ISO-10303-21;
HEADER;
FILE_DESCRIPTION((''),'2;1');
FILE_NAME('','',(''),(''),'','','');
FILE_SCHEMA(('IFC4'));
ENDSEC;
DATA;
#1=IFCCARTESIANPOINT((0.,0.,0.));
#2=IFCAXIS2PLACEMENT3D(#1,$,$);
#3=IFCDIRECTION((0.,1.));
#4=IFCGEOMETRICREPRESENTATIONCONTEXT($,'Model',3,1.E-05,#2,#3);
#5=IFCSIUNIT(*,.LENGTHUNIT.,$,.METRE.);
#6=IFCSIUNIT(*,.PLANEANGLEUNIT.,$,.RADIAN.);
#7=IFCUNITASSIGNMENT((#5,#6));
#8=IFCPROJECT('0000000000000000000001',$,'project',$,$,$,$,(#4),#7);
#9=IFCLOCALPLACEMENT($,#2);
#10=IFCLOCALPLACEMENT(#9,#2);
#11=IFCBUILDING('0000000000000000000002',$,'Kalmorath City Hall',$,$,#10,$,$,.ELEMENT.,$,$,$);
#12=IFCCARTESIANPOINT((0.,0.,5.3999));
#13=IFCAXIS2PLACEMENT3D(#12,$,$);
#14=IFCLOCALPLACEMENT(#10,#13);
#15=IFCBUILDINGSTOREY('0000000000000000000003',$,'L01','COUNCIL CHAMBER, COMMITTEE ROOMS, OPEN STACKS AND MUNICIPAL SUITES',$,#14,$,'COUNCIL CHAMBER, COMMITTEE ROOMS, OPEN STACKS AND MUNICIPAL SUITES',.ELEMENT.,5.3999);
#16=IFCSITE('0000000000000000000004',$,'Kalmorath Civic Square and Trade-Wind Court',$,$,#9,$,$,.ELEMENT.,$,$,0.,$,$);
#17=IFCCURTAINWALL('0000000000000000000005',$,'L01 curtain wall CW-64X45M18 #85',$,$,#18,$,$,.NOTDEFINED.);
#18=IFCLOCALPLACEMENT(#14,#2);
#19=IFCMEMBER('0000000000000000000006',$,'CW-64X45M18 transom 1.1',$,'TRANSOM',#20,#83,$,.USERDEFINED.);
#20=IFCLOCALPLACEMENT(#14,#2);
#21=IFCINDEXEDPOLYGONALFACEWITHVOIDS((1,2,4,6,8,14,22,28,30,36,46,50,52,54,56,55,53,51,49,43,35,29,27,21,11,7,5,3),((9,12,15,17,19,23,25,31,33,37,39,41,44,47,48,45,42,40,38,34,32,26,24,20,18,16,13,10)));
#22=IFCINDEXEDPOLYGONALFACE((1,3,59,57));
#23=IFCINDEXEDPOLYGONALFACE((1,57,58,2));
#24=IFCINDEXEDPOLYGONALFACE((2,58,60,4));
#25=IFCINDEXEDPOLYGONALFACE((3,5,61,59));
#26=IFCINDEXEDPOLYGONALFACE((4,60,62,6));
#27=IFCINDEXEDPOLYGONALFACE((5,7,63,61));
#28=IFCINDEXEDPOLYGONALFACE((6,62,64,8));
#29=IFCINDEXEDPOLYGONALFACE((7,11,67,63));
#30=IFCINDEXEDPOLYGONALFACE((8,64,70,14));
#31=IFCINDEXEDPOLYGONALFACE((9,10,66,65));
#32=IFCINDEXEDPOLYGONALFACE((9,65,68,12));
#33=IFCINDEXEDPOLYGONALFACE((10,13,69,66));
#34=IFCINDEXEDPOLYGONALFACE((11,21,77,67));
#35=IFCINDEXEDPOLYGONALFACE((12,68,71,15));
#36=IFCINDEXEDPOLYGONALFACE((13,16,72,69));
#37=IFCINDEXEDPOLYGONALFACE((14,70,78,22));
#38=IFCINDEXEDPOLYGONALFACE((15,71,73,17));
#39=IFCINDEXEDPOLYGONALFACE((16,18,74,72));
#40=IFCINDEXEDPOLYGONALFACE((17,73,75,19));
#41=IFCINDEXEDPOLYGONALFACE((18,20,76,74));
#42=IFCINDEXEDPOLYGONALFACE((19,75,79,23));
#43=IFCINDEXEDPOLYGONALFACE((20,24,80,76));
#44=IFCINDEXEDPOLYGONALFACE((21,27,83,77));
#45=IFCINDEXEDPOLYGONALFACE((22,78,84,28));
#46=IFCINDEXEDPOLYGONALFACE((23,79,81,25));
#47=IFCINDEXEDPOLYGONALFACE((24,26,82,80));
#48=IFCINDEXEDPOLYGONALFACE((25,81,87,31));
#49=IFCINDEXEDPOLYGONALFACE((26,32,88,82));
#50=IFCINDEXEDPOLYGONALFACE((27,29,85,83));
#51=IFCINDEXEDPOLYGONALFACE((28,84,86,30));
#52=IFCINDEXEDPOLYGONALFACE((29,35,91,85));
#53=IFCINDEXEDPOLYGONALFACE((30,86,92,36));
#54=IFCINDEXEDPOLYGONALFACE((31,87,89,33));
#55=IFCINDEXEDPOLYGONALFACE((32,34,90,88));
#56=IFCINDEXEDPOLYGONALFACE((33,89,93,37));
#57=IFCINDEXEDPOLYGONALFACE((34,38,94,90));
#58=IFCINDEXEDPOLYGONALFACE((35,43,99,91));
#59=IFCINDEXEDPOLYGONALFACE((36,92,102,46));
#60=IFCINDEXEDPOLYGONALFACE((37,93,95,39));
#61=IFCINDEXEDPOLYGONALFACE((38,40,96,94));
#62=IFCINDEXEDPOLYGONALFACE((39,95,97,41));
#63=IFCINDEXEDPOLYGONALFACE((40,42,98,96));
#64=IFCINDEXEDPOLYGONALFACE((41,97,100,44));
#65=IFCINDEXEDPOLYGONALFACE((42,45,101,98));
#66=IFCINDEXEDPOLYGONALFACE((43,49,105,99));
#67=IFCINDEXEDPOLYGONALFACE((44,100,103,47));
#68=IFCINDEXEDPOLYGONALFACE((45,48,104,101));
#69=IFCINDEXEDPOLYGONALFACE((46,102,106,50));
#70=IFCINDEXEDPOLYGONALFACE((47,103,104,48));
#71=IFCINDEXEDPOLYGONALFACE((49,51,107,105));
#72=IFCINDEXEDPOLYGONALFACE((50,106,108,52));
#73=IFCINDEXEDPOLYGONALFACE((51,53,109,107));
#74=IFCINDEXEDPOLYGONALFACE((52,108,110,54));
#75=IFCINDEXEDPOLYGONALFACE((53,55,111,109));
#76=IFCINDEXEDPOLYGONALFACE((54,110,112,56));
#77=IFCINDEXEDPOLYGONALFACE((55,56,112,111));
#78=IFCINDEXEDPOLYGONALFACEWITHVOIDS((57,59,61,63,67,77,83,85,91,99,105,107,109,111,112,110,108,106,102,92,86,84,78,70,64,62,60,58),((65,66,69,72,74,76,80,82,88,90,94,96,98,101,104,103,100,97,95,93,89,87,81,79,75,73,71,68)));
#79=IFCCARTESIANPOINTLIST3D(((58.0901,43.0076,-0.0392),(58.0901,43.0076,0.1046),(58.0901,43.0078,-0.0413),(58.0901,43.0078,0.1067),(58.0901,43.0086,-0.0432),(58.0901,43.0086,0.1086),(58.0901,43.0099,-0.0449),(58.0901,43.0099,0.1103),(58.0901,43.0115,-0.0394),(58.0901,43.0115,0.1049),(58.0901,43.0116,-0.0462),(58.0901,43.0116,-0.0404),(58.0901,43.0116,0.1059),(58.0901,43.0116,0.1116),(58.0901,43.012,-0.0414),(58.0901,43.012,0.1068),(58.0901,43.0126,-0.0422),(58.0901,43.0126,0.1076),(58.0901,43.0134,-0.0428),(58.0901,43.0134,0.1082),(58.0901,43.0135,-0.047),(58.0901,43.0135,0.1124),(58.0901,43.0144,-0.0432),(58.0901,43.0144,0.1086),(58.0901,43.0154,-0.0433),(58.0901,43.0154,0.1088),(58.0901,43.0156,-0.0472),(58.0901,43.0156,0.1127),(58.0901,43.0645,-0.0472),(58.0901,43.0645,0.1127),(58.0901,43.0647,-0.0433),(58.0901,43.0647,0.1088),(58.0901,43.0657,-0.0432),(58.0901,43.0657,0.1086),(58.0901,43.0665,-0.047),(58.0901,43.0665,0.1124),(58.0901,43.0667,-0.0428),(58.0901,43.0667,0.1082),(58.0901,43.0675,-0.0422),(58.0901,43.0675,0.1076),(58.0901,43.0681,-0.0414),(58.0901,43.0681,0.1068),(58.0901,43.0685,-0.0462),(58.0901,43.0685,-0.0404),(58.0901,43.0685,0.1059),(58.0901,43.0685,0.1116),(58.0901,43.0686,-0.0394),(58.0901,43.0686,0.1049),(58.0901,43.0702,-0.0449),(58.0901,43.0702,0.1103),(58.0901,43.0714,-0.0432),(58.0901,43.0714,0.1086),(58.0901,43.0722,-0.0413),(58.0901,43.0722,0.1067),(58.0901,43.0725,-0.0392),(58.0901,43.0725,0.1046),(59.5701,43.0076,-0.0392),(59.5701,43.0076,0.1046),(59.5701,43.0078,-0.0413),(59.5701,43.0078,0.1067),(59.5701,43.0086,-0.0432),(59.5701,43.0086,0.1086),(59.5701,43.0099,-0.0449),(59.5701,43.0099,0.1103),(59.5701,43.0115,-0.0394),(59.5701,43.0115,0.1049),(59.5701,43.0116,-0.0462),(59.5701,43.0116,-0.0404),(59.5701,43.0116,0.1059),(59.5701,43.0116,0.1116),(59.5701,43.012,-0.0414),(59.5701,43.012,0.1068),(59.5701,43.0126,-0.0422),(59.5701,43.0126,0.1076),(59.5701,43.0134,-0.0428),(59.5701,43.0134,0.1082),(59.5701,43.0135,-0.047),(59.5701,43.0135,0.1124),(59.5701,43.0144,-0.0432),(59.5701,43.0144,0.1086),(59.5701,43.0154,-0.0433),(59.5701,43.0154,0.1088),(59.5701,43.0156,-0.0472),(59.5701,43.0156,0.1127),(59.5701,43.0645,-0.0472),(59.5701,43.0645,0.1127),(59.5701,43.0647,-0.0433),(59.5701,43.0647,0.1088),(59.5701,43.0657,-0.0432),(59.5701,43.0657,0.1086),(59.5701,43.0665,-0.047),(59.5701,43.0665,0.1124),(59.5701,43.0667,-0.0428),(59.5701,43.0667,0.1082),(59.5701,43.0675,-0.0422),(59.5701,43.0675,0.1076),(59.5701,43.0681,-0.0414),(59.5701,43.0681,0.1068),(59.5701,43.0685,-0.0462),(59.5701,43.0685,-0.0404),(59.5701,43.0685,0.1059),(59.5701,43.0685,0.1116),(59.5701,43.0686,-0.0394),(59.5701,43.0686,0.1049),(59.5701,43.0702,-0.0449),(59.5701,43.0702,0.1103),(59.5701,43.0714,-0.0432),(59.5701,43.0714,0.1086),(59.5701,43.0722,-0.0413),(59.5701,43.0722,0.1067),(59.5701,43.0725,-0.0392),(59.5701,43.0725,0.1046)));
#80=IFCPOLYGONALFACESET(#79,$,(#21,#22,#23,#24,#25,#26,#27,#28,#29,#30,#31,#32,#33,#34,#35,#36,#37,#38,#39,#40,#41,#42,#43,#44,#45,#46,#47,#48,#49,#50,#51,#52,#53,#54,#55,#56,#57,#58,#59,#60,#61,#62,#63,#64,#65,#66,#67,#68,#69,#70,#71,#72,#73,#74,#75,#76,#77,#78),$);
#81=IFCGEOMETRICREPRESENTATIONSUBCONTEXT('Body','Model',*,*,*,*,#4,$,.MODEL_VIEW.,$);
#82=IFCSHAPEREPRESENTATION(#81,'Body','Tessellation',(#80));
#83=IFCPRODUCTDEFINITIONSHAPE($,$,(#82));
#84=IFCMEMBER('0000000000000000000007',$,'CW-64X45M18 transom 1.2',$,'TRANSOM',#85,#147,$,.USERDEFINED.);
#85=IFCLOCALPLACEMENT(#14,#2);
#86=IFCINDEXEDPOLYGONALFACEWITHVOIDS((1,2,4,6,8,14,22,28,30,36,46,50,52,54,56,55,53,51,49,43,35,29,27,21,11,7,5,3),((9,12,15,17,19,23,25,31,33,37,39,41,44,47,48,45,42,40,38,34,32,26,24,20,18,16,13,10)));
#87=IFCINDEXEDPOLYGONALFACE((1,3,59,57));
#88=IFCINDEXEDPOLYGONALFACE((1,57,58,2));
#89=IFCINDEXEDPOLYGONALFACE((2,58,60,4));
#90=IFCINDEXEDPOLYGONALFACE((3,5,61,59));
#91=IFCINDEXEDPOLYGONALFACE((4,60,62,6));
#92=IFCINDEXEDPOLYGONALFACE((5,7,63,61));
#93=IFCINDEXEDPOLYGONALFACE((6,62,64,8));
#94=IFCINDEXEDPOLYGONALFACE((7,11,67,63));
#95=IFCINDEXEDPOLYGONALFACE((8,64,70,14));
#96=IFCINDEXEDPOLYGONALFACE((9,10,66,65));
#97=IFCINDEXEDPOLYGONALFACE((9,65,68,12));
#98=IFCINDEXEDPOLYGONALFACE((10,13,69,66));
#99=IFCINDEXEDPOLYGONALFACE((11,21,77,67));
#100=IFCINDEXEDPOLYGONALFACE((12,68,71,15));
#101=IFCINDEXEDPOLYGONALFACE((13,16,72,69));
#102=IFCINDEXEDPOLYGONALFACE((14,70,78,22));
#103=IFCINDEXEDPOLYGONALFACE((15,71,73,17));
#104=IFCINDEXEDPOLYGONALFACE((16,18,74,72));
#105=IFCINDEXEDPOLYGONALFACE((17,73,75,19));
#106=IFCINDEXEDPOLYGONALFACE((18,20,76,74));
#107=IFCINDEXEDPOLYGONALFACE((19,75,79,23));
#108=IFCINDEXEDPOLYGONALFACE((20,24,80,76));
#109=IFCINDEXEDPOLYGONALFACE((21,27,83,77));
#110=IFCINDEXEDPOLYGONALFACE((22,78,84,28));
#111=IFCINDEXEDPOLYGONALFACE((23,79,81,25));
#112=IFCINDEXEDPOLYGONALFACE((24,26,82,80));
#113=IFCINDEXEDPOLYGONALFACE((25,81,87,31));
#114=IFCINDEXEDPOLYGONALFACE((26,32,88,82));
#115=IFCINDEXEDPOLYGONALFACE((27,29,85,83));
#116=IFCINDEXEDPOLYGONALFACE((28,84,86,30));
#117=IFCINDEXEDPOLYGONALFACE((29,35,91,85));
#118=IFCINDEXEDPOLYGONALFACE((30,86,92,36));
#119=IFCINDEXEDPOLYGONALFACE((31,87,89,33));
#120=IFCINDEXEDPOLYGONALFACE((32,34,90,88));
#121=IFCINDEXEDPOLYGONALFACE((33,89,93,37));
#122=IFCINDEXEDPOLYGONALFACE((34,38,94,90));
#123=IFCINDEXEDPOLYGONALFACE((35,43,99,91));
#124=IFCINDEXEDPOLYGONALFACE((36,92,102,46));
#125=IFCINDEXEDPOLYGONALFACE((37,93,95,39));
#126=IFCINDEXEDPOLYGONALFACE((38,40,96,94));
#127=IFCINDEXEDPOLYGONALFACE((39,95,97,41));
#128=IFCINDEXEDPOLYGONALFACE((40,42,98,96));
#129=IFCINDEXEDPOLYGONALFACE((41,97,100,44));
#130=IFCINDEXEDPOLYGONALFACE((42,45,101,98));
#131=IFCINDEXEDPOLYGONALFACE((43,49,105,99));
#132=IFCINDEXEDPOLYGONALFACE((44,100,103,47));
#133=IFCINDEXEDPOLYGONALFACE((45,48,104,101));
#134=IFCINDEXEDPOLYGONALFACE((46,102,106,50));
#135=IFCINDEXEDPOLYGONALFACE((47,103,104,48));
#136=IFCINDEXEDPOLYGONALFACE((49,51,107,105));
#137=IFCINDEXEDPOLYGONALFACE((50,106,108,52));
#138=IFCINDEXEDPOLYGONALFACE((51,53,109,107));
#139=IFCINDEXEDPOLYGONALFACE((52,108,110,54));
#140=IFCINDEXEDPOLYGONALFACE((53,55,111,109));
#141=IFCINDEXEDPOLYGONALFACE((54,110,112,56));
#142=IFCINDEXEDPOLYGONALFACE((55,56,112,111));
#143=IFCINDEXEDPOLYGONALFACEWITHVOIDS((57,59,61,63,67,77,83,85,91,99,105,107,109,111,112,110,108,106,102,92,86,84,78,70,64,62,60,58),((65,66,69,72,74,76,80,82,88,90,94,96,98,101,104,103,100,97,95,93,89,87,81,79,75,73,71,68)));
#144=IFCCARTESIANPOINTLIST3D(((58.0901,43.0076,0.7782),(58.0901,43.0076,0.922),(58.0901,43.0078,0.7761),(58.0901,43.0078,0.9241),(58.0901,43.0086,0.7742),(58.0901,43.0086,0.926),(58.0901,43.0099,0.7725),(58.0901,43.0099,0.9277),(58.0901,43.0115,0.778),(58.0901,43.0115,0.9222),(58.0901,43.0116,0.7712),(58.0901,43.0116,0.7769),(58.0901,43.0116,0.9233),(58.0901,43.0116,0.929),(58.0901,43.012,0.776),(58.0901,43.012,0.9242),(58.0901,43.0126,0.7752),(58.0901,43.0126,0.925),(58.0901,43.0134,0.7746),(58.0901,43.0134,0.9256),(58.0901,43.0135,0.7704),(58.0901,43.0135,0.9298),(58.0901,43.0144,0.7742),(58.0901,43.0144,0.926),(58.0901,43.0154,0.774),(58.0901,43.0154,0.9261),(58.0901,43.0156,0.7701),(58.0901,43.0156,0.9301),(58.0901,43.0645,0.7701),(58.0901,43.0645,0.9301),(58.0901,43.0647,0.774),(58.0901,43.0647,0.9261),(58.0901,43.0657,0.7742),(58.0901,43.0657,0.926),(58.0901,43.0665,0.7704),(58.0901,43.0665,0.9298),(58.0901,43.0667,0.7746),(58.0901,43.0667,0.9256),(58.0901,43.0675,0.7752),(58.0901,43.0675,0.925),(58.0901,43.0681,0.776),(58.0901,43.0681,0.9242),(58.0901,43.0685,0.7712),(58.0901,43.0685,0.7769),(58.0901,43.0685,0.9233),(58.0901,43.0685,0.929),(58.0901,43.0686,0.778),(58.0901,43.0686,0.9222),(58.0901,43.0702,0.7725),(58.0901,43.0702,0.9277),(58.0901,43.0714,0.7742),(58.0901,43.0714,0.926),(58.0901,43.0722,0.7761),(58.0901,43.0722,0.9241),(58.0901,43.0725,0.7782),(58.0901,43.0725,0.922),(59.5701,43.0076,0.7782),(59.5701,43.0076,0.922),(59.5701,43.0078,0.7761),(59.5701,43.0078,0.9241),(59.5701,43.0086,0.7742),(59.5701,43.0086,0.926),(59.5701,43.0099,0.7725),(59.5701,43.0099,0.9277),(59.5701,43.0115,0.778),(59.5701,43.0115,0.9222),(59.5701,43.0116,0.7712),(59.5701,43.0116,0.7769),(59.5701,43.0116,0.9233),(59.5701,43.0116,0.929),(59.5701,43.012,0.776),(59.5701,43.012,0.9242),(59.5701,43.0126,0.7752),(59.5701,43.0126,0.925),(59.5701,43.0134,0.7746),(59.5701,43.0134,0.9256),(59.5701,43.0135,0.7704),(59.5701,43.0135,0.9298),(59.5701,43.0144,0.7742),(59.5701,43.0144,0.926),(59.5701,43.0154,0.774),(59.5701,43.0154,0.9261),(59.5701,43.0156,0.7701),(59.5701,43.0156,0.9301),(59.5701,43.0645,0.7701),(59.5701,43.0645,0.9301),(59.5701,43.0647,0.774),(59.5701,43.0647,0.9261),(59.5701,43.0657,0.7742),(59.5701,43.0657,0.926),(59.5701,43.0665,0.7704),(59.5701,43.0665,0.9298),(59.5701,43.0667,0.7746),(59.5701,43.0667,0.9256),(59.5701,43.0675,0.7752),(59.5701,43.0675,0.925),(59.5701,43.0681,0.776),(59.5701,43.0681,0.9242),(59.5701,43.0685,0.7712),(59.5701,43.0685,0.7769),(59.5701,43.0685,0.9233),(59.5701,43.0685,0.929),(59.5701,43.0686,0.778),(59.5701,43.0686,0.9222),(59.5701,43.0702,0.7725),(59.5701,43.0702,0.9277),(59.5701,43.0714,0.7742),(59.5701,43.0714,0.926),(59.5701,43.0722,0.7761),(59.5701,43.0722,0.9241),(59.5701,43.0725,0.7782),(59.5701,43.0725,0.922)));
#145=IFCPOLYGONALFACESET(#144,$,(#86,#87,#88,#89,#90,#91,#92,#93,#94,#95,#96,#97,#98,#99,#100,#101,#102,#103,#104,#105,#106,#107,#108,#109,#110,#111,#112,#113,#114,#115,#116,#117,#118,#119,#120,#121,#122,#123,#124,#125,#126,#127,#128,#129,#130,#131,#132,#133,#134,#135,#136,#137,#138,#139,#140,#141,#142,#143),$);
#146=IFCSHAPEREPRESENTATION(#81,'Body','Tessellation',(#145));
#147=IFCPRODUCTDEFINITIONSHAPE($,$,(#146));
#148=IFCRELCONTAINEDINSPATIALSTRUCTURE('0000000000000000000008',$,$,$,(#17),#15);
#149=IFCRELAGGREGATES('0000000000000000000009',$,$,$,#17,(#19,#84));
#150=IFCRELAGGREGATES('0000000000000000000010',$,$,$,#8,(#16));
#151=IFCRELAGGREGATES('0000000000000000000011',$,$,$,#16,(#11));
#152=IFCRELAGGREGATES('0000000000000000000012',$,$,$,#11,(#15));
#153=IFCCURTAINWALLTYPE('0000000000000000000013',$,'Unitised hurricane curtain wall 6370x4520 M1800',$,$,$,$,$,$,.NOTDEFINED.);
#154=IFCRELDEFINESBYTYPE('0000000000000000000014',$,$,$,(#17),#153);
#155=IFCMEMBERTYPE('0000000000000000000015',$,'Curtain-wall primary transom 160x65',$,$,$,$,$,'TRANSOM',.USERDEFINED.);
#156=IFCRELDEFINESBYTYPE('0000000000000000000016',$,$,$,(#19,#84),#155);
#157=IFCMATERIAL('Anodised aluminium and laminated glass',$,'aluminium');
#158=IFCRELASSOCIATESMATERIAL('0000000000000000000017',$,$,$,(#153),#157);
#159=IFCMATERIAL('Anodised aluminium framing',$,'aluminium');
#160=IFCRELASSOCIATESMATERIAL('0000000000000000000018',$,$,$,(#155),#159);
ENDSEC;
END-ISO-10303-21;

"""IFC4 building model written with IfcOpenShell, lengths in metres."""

from ifc_helpers import new_model, si_unit, direction, frame, origin, origin_2d, place, context, subcontext, project, spatial, hollow_rectangle, extrude, material, material_profile, profile_set, type_object, element, aggregate, save


model = new_model("IFC4")

# Units and contexts
model_context = context("Model", 3, precision=1e-05, world=origin(), true_north=direction((0.0, 1.0)))
body_context = subcontext(model_context, "Body", "Model", "MODEL_VIEW")
ifc_project = project(units=[si_unit("LENGTHUNIT", "METRE"), si_unit("PLANEANGLEUNIT", "RADIAN")], contexts=[model_context])

# Site, building, storey
site_placement = place(None, origin())
site = spatial("IfcSite", under=ifc_project, at=site_placement, Name="Kalmorath Civic Square and Trade-Wind Court", CompositionType="ELEMENT", RefElevation=0.0)
building_placement = place(site_placement, origin())
building = spatial("IfcBuilding", under=site, at=building_placement, Name="Kalmorath City Hall", CompositionType="ELEMENT")
storey_placement = place(building_placement, frame((0.0, 0.0, 5.3999)))
storey = spatial("IfcBuildingStorey", under=building, at=storey_placement, Name="L01", Description="COUNCIL CHAMBER, COMMITTEE ROOMS, OPEN STACKS AND MUNICIPAL SUITES", LongName="COUNCIL CHAMBER, COMMITTEE ROOMS, OPEN STACKS AND MUNICIPAL SUITES", CompositionType="ELEMENT", Elevation=5.3999)

# Curtain wall
ifc_material_1 = material(Name="Anodised aluminium and laminated glass", Category="aluminium")
curtain_wall_type_1 = type_object("IfcCurtainWallType", Name="Unitised hurricane curtain wall 6370x4520 M1800", PredefinedType="NOTDEFINED", material=ifc_material_1)
curtain_wall_1_placement = place(storey_placement, origin())
curtain_wall_1 = element("IfcCurtainWall", 1, at=curtain_wall_1_placement, inside=storey, type_object=curtain_wall_type_1, Name="L01 curtain wall CW-64X45M18 #85", PredefinedType="NOTDEFINED")

# Members
ifc_material_2 = material(Name="Anodised aluminium framing", Category="aluminium")
ifc_material_profile_1 = material_profile(ifc_material_2, hollow_rectangle(XDim=0.0649, YDim=0.1599, WallThickness=0.0039, InnerFilletRadius=0.0039, OuterFilletRadius=0.0081, at=origin_2d()), Name="ALU-TRN-160X65X4")
ifc_profile_set_1 = profile_set([ifc_material_profile_1], Name="Anodised aluminium framing")
member_type_1 = type_object("IfcMemberType", Name="Curtain-wall primary transom 160x65", ElementType="TRANSOM", PredefinedType="USERDEFINED", material=ifc_profile_set_1)
member_1_placement = place(storey_placement, frame((58.0901, 43.04, 0.0327), z_axis=(1.0, 0.0, 0.0), x_axis=(0.0, 1.0, 0.0)))
member_1 = element("IfcMember", 2, at=member_1_placement, type_object=member_type_1, Name="CW-64X45M18 transom 1.1", ObjectType="TRANSOM", PredefinedType="USERDEFINED", context=body_context, shape_type="SweptSolid", body=[
    extrude(hollow_rectangle(XDim=0.0649, YDim=0.1599, WallThickness=0.0039, InnerFilletRadius=0.0039, OuterFilletRadius=0.0081, at=origin_2d()), origin(), (0.0, 0.0, 1.0), 1.48),
])
member_2_placement = place(storey_placement, frame((58.0901, 43.04, 0.8501), z_axis=(1.0, 0.0, 0.0), x_axis=(0.0, 1.0, 0.0)))
member_2 = element("IfcMember", 3, at=member_2_placement, type_object=member_type_1, Name="CW-64X45M18 transom 1.2", ObjectType="TRANSOM", PredefinedType="USERDEFINED", context=body_context, shape_type="SweptSolid", body=[
    extrude(hollow_rectangle(XDim=0.0649, YDim=0.1599, WallThickness=0.0039, InnerFilletRadius=0.0039, OuterFilletRadius=0.0081, at=origin_2d()), origin(), (0.0, 0.0, 1.0), 1.48),
])

aggregate(curtain_wall_1, [member_1, member_2])

save(model, "model.ifc")
